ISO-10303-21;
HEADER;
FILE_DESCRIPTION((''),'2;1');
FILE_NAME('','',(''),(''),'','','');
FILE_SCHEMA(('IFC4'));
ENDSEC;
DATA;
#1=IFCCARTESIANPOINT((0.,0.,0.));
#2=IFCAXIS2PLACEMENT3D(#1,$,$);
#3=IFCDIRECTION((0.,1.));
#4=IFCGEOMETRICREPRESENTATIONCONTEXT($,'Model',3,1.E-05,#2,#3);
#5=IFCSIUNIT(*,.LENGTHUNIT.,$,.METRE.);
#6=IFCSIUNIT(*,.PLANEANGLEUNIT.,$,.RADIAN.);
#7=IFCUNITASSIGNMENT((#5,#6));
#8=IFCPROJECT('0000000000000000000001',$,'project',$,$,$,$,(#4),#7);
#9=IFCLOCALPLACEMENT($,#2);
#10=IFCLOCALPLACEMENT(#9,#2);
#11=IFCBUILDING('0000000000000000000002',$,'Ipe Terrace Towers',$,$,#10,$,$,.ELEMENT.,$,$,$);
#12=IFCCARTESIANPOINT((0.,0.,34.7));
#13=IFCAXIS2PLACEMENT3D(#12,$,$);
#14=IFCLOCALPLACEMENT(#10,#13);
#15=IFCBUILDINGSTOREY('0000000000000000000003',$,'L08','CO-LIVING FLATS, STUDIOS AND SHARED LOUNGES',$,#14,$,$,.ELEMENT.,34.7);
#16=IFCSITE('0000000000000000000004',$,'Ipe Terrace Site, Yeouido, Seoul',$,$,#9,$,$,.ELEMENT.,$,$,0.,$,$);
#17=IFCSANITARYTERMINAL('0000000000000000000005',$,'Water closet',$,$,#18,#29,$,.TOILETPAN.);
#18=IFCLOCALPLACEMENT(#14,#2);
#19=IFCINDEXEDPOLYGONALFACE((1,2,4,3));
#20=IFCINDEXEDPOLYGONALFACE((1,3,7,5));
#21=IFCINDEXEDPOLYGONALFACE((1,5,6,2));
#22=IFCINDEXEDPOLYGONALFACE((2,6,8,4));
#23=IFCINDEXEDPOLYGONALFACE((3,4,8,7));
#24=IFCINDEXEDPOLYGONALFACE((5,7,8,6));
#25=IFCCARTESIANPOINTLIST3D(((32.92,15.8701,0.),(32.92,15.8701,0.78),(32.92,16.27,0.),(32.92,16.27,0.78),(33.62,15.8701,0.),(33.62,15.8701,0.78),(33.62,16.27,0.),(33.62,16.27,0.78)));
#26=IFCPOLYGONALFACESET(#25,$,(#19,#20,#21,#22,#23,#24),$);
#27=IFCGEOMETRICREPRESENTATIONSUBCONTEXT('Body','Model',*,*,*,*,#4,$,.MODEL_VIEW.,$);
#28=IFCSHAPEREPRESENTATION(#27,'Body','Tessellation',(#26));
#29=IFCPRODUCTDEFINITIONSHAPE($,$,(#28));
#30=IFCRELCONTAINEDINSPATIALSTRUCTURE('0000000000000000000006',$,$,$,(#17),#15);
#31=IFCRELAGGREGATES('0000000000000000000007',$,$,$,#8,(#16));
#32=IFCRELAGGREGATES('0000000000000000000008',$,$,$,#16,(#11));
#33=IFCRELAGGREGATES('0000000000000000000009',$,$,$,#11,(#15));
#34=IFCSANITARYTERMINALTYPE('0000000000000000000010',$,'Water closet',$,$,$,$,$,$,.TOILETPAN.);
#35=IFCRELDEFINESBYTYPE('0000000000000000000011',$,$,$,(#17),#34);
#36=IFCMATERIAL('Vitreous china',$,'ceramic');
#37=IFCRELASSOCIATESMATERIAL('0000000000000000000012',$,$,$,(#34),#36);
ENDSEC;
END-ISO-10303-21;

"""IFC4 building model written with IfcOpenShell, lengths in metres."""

from ifc_helpers import new_model, si_unit, direction, frame, origin, origin_2d, place, context, subcontext, project, spatial, rectangle, extrude, material, type_object, element, save


model = new_model("IFC4")

# Units and contexts
model_context = context("Model", 3, precision=1e-05, world=origin(), true_north=direction((0.0, 1.0)))
body_context = subcontext(model_context, "Body", "Model", "MODEL_VIEW")
ifc_project = project(units=[si_unit("LENGTHUNIT", "METRE"), si_unit("PLANEANGLEUNIT", "RADIAN")], contexts=[model_context])

# Site, building, storey
site_placement = place(None, origin())
site = spatial("IfcSite", under=ifc_project, at=site_placement, Name="Ipe Terrace Site, Yeouido, Seoul", CompositionType="ELEMENT", RefElevation=0.0)
building_placement = place(site_placement, origin())
building = spatial("IfcBuilding", under=site, at=building_placement, Name="Ipe Terrace Towers", CompositionType="ELEMENT")
storey_placement = place(building_placement, frame((0.0, 0.0, 34.7)))
storey = spatial("IfcBuildingStorey", under=building, at=storey_placement, Name="L08", Description="CO-LIVING FLATS, STUDIOS AND SHARED LOUNGES", CompositionType="ELEMENT", Elevation=34.7)

# Sanitary terminal
ifc_material_1 = material(Name="Vitreous china", Category="ceramic")
sanitary_terminal_type_1 = type_object("IfcSanitaryTerminalType", Name="Water closet", PredefinedType="TOILETPAN", material=ifc_material_1)
sanitary_terminal_1_placement = place(storey_placement, frame((33.27, 16.0701, 0.0), z_axis=(0.0, 0.0, 1.0), x_axis=(1.0, 0.0, 0.0)))
element("IfcSanitaryTerminal", 1, at=sanitary_terminal_1_placement, inside=storey, type_object=sanitary_terminal_type_1, Name="Water closet", PredefinedType="TOILETPAN", context=body_context, shape_type="SweptSolid", body=[
    extrude(rectangle(XDim=0.7, YDim=0.3999, at=origin_2d()), origin(), (0.0, 0.0, 1.0), 0.78),
])

save(model, "model.ifc")
